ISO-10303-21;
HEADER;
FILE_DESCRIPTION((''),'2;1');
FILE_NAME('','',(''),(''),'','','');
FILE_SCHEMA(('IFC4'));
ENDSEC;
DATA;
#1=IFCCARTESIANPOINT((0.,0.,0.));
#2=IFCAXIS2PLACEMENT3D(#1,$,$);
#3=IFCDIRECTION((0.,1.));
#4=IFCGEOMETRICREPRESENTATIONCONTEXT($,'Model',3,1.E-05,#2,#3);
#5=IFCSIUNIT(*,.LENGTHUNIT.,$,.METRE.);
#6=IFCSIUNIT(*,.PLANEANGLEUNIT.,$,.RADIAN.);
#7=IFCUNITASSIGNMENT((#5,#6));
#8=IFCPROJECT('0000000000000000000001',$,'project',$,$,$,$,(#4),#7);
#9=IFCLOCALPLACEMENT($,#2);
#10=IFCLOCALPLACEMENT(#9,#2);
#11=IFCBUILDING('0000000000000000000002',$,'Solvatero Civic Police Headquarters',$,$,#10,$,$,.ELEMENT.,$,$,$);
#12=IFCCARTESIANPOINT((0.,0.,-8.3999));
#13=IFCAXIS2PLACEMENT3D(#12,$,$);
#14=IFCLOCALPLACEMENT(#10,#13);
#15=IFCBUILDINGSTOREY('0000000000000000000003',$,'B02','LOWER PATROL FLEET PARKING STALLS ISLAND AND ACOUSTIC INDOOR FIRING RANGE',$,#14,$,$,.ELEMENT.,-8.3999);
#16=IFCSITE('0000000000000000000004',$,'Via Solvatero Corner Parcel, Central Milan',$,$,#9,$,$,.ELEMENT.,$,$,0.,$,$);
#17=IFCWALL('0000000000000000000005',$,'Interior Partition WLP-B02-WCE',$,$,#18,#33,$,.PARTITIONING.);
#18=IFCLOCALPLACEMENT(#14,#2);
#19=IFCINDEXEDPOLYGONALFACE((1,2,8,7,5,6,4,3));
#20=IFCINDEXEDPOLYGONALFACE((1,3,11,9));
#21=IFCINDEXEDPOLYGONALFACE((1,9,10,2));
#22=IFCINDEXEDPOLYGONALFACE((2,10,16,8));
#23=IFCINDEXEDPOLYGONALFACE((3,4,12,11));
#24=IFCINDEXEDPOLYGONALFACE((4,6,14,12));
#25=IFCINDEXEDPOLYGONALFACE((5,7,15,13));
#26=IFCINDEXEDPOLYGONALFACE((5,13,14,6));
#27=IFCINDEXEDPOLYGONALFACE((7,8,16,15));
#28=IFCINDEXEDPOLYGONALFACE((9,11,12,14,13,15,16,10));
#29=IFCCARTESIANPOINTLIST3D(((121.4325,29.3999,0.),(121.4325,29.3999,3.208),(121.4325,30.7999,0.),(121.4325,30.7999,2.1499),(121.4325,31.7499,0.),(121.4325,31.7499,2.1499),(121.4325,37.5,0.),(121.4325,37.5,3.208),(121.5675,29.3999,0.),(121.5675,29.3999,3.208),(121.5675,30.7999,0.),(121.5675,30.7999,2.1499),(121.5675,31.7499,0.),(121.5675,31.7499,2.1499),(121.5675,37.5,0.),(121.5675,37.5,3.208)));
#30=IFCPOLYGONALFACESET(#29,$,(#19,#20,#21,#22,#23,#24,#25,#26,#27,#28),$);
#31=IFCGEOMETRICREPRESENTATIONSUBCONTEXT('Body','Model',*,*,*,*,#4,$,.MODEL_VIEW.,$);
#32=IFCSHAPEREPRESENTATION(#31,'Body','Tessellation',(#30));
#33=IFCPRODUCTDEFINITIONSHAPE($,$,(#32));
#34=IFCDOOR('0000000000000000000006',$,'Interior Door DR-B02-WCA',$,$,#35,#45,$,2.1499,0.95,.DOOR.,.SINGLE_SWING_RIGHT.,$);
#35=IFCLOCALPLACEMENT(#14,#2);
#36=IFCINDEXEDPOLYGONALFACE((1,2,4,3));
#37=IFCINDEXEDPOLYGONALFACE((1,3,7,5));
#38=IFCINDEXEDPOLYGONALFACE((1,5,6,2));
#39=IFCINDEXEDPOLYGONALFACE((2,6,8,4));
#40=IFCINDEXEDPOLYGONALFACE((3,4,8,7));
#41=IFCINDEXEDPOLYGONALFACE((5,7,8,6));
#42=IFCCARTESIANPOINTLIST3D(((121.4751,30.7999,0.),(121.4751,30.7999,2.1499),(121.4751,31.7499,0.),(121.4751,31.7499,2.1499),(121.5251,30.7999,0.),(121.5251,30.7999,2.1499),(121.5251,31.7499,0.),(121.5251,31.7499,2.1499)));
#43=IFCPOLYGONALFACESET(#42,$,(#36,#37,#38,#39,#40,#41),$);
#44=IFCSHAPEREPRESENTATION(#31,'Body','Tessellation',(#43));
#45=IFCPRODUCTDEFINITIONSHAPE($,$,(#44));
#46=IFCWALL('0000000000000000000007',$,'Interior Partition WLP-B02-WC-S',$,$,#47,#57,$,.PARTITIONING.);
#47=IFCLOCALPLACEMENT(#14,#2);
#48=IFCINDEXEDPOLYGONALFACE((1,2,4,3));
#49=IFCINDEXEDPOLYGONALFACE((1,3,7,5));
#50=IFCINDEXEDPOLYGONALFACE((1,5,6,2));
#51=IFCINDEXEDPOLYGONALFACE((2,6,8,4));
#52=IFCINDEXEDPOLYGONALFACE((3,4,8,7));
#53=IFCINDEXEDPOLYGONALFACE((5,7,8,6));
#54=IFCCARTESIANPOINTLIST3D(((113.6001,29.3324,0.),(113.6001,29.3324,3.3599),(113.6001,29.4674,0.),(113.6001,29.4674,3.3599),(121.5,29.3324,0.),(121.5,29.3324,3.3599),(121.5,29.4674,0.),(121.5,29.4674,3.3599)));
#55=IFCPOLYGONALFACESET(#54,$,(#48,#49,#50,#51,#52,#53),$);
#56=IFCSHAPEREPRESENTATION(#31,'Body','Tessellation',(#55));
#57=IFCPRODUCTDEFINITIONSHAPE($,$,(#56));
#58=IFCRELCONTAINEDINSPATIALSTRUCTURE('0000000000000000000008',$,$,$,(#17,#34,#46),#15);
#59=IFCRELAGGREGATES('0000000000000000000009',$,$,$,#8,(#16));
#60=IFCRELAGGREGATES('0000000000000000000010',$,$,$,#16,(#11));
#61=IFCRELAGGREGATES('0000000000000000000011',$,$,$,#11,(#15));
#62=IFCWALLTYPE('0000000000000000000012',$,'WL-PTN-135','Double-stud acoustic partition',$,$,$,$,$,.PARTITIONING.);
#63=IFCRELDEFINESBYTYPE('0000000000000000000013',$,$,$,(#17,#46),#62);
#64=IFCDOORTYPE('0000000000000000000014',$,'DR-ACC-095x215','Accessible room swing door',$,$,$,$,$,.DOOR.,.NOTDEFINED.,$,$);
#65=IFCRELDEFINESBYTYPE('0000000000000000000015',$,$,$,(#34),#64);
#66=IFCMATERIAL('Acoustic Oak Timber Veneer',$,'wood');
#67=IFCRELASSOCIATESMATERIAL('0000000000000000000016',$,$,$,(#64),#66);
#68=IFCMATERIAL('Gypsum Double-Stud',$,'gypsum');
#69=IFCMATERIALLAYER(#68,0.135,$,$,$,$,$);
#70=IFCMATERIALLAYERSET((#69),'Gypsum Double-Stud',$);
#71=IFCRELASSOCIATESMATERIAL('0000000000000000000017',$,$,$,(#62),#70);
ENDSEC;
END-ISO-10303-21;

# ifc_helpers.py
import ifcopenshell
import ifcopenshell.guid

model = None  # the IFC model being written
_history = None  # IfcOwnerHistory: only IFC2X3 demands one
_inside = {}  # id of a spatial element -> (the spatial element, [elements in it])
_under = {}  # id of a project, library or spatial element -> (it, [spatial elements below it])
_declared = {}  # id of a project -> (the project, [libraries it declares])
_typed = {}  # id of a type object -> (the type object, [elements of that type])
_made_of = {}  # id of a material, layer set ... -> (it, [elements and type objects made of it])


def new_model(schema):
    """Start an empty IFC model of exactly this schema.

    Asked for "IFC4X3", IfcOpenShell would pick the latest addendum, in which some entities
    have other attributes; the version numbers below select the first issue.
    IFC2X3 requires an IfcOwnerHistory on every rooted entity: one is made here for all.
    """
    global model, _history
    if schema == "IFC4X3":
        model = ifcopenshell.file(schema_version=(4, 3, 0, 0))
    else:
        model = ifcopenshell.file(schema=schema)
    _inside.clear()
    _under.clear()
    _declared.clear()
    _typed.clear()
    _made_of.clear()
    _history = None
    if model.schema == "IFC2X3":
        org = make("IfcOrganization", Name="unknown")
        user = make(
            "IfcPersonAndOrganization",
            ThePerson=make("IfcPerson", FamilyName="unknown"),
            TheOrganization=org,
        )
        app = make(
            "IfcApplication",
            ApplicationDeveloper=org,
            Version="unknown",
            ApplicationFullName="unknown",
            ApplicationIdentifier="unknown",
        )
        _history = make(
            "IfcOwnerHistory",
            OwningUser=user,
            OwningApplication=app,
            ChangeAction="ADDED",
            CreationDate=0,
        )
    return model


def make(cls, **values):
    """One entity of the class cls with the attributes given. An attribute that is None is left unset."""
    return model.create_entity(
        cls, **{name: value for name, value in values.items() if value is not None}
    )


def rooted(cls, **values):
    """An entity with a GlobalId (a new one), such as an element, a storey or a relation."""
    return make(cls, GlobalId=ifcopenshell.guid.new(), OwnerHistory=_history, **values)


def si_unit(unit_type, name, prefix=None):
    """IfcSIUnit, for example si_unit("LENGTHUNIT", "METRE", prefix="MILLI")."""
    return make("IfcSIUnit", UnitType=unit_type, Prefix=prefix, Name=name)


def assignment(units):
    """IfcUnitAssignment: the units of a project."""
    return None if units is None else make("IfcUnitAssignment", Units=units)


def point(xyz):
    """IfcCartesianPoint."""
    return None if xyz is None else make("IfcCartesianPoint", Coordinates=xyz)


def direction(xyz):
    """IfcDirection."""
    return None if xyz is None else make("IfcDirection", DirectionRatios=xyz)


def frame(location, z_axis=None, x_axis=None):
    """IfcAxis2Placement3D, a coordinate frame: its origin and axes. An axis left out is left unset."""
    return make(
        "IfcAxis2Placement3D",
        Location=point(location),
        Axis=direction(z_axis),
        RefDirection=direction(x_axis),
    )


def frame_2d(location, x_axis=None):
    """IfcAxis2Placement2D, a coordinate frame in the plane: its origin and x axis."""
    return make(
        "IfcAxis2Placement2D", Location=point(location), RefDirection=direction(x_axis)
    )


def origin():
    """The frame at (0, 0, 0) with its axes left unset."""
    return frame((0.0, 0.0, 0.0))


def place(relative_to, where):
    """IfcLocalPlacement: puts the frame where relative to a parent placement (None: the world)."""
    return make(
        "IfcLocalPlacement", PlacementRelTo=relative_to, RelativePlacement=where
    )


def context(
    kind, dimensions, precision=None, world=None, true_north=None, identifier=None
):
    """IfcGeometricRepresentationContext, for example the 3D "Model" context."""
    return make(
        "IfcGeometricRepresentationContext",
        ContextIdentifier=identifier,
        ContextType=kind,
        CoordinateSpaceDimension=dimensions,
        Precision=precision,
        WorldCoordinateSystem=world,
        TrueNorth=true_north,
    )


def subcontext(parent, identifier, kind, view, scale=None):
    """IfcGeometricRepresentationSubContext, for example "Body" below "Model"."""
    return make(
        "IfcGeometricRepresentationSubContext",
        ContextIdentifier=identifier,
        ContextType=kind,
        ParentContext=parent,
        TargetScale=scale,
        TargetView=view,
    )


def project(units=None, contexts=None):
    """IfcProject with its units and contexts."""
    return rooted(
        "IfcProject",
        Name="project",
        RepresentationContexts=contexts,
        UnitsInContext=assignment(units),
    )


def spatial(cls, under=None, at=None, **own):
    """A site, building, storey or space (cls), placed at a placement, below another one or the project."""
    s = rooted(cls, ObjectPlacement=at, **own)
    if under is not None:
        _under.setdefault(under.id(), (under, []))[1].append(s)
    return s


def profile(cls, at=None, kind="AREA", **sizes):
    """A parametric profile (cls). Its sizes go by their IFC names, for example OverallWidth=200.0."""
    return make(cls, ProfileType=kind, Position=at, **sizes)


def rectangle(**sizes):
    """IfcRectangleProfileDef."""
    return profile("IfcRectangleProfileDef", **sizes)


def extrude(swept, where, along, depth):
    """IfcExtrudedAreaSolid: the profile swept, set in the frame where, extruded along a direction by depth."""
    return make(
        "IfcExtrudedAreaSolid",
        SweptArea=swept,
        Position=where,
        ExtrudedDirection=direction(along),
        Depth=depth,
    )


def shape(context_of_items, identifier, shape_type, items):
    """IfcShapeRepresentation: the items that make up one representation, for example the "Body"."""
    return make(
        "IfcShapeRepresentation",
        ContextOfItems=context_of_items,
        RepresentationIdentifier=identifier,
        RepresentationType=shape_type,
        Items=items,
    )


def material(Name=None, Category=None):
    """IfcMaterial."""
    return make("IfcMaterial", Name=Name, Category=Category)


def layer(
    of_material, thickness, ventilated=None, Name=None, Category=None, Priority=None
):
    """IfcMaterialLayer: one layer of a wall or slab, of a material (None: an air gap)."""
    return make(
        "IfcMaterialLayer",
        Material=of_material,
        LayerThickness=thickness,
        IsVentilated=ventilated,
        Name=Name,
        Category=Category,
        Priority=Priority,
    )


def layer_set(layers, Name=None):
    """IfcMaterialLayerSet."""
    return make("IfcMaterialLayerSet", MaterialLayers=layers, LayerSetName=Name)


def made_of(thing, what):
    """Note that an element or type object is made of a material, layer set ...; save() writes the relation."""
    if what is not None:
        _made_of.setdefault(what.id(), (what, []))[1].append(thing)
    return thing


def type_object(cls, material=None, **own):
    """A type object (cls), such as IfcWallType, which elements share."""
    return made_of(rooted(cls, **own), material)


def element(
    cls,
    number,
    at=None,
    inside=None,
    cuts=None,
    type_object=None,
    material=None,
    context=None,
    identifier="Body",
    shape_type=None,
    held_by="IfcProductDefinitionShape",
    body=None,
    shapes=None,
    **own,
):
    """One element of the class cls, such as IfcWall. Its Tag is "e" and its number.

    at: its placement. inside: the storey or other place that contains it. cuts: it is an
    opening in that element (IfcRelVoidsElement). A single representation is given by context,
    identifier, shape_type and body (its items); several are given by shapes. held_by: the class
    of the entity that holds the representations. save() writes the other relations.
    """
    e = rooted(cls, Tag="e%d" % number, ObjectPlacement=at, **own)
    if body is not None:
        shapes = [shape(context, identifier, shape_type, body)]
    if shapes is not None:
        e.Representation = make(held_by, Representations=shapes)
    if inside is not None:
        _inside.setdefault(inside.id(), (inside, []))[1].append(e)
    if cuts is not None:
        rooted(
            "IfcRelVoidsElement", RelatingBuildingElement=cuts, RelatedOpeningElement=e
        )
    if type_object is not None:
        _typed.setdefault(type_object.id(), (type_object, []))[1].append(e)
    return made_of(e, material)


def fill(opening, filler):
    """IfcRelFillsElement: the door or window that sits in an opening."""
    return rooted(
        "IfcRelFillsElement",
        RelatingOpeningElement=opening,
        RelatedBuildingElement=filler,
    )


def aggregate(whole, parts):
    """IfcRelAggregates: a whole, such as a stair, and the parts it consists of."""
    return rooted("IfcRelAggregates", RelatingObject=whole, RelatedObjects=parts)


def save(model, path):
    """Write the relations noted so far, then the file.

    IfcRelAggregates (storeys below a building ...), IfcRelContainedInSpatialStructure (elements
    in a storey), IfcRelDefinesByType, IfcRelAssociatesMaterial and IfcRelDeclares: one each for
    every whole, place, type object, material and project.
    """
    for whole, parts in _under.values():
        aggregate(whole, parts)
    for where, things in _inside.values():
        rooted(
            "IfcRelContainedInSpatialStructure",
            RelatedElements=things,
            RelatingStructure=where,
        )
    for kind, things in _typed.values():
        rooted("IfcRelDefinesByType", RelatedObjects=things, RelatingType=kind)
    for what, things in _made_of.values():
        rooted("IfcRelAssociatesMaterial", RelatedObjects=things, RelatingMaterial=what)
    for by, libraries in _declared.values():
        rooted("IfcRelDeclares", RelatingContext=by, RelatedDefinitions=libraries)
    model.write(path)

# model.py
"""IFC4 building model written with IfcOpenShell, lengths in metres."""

from ifc_helpers import new_model, si_unit, direction, frame, frame_2d, origin, place, context, subcontext, project, spatial, rectangle, extrude, material, layer, layer_set, type_object, element, fill, save


model = new_model("IFC4")

# Units and contexts
model_context = context("Model", 3, precision=1e-05, world=origin(), true_north=direction((0.0, 1.0)))
body_context = subcontext(model_context, "Body", "Model", "MODEL_VIEW")
ifc_project = project(units=[si_unit("LENGTHUNIT", "METRE"), si_unit("PLANEANGLEUNIT", "RADIAN")], contexts=[model_context])

# Site, building, storey
site_placement = place(None, origin())
site = spatial("IfcSite", under=ifc_project, at=site_placement, Name="Via Solvatero Corner Parcel, Central Milan", CompositionType="ELEMENT", RefElevation=0.0)
building_placement = place(site_placement, origin())
building = spatial("IfcBuilding", under=site, at=building_placement, Name="Solvatero Civic Police Headquarters", CompositionType="ELEMENT")
storey_placement = place(building_placement, frame((0.0, 0.0, -8.3999)))
storey = spatial("IfcBuildingStorey", under=building, at=storey_placement, Name="B02", Description="LOWER PATROL FLEET PARKING STALLS ISLAND AND ACOUSTIC INDOOR FIRING RANGE", CompositionType="ELEMENT", Elevation=-8.3999)

# Wall, opening, door
ifc_material_1 = material(Name="Acoustic Oak Timber Veneer", Category="wood")
door_type = type_object("IfcDoorType", Name="DR-ACC-095x215", Description="Accessible room swing door", OperationType="NOTDEFINED", PredefinedType="DOOR", material=ifc_material_1)
ifc_material_2 = material(Name="Gypsum Double-Stud", Category="gypsum")
ifc_layer_1 = layer(ifc_material_2, 0.135)
ifc_layer_set_1 = layer_set([ifc_layer_1], Name="Gypsum Double-Stud")
wall_type_1 = type_object("IfcWallType", Name="WL-PTN-135", Description="Double-stud acoustic partition", PredefinedType="PARTITIONING", material=ifc_layer_set_1)
wall_1_placement = place(storey_placement, frame((121.5, 29.3999, 0.0), z_axis=(0.0, 0.0, 1.0), x_axis=(0.0, 1.0, 0.0)))
wall_1 = element("IfcWall", 1, at=wall_1_placement, inside=storey, type_object=wall_type_1, Name="Interior Partition WLP-B02-WCE", PredefinedType="PARTITIONING", context=body_context, shape_type="SweptSolid", body=[
    extrude(rectangle(XDim=8.1001, YDim=0.135, at=frame_2d((4.05, 0.0))), origin(), (0.0, 0.0, 1.0), 3.208),
])
opening_1_placement = place(wall_1_placement, frame((1.3999, 0.0, 0.0)))
opening_1 = element("IfcOpeningElement", 2, at=opening_1_placement, cuts=wall_1, PredefinedType="OPENING", context=body_context, shape_type="SweptSolid", body=[
    extrude(rectangle(XDim=0.95, YDim=2.1499, at=frame_2d((0.4751, 1.075))), frame((0.0, 0.0774, 0.0), z_axis=(0.0, -1.0, 0.0), x_axis=(1.0, 0.0, 0.0)), (0.0, 0.0, 1.0), 0.155),
])
door_1_placement = place(opening_1_placement, origin())
door_1 = element("IfcDoor", 3, at=door_1_placement, inside=storey, type_object=door_type, Name="Interior Door DR-B02-WCA", OperationType="SINGLE_SWING_RIGHT", OverallHeight=2.1499, OverallWidth=0.95, PredefinedType="DOOR", context=body_context, shape_type="SweptSolid", body=[
    extrude(rectangle(XDim=0.95, YDim=2.1499, at=frame_2d((0.4751, 1.075))), frame((0.0, 0.0249, 0.0), z_axis=(0.0, -1.0, 0.0), x_axis=(1.0, 0.0, 0.0)), (0.0, 0.0, 1.0), 0.05),
])
fill(opening_1, door_1)

# Wall
wall_2_placement = place(storey_placement, frame((113.6001, 29.3999, 0.0), z_axis=(0.0, 0.0, 1.0), x_axis=(1.0, 0.0, 0.0)))
element("IfcWall", 4, at=wall_2_placement, inside=storey, type_object=wall_type_1, Name="Interior Partition WLP-B02-WC-S", PredefinedType="PARTITIONING", context=body_context, shape_type="SweptSolid", body=[
    extrude(rectangle(XDim=7.8999, YDim=0.135, at=frame_2d((3.95, 0.0))), origin(), (0.0, 0.0, 1.0), 3.3599),
])

save(model, "model.ifc")
